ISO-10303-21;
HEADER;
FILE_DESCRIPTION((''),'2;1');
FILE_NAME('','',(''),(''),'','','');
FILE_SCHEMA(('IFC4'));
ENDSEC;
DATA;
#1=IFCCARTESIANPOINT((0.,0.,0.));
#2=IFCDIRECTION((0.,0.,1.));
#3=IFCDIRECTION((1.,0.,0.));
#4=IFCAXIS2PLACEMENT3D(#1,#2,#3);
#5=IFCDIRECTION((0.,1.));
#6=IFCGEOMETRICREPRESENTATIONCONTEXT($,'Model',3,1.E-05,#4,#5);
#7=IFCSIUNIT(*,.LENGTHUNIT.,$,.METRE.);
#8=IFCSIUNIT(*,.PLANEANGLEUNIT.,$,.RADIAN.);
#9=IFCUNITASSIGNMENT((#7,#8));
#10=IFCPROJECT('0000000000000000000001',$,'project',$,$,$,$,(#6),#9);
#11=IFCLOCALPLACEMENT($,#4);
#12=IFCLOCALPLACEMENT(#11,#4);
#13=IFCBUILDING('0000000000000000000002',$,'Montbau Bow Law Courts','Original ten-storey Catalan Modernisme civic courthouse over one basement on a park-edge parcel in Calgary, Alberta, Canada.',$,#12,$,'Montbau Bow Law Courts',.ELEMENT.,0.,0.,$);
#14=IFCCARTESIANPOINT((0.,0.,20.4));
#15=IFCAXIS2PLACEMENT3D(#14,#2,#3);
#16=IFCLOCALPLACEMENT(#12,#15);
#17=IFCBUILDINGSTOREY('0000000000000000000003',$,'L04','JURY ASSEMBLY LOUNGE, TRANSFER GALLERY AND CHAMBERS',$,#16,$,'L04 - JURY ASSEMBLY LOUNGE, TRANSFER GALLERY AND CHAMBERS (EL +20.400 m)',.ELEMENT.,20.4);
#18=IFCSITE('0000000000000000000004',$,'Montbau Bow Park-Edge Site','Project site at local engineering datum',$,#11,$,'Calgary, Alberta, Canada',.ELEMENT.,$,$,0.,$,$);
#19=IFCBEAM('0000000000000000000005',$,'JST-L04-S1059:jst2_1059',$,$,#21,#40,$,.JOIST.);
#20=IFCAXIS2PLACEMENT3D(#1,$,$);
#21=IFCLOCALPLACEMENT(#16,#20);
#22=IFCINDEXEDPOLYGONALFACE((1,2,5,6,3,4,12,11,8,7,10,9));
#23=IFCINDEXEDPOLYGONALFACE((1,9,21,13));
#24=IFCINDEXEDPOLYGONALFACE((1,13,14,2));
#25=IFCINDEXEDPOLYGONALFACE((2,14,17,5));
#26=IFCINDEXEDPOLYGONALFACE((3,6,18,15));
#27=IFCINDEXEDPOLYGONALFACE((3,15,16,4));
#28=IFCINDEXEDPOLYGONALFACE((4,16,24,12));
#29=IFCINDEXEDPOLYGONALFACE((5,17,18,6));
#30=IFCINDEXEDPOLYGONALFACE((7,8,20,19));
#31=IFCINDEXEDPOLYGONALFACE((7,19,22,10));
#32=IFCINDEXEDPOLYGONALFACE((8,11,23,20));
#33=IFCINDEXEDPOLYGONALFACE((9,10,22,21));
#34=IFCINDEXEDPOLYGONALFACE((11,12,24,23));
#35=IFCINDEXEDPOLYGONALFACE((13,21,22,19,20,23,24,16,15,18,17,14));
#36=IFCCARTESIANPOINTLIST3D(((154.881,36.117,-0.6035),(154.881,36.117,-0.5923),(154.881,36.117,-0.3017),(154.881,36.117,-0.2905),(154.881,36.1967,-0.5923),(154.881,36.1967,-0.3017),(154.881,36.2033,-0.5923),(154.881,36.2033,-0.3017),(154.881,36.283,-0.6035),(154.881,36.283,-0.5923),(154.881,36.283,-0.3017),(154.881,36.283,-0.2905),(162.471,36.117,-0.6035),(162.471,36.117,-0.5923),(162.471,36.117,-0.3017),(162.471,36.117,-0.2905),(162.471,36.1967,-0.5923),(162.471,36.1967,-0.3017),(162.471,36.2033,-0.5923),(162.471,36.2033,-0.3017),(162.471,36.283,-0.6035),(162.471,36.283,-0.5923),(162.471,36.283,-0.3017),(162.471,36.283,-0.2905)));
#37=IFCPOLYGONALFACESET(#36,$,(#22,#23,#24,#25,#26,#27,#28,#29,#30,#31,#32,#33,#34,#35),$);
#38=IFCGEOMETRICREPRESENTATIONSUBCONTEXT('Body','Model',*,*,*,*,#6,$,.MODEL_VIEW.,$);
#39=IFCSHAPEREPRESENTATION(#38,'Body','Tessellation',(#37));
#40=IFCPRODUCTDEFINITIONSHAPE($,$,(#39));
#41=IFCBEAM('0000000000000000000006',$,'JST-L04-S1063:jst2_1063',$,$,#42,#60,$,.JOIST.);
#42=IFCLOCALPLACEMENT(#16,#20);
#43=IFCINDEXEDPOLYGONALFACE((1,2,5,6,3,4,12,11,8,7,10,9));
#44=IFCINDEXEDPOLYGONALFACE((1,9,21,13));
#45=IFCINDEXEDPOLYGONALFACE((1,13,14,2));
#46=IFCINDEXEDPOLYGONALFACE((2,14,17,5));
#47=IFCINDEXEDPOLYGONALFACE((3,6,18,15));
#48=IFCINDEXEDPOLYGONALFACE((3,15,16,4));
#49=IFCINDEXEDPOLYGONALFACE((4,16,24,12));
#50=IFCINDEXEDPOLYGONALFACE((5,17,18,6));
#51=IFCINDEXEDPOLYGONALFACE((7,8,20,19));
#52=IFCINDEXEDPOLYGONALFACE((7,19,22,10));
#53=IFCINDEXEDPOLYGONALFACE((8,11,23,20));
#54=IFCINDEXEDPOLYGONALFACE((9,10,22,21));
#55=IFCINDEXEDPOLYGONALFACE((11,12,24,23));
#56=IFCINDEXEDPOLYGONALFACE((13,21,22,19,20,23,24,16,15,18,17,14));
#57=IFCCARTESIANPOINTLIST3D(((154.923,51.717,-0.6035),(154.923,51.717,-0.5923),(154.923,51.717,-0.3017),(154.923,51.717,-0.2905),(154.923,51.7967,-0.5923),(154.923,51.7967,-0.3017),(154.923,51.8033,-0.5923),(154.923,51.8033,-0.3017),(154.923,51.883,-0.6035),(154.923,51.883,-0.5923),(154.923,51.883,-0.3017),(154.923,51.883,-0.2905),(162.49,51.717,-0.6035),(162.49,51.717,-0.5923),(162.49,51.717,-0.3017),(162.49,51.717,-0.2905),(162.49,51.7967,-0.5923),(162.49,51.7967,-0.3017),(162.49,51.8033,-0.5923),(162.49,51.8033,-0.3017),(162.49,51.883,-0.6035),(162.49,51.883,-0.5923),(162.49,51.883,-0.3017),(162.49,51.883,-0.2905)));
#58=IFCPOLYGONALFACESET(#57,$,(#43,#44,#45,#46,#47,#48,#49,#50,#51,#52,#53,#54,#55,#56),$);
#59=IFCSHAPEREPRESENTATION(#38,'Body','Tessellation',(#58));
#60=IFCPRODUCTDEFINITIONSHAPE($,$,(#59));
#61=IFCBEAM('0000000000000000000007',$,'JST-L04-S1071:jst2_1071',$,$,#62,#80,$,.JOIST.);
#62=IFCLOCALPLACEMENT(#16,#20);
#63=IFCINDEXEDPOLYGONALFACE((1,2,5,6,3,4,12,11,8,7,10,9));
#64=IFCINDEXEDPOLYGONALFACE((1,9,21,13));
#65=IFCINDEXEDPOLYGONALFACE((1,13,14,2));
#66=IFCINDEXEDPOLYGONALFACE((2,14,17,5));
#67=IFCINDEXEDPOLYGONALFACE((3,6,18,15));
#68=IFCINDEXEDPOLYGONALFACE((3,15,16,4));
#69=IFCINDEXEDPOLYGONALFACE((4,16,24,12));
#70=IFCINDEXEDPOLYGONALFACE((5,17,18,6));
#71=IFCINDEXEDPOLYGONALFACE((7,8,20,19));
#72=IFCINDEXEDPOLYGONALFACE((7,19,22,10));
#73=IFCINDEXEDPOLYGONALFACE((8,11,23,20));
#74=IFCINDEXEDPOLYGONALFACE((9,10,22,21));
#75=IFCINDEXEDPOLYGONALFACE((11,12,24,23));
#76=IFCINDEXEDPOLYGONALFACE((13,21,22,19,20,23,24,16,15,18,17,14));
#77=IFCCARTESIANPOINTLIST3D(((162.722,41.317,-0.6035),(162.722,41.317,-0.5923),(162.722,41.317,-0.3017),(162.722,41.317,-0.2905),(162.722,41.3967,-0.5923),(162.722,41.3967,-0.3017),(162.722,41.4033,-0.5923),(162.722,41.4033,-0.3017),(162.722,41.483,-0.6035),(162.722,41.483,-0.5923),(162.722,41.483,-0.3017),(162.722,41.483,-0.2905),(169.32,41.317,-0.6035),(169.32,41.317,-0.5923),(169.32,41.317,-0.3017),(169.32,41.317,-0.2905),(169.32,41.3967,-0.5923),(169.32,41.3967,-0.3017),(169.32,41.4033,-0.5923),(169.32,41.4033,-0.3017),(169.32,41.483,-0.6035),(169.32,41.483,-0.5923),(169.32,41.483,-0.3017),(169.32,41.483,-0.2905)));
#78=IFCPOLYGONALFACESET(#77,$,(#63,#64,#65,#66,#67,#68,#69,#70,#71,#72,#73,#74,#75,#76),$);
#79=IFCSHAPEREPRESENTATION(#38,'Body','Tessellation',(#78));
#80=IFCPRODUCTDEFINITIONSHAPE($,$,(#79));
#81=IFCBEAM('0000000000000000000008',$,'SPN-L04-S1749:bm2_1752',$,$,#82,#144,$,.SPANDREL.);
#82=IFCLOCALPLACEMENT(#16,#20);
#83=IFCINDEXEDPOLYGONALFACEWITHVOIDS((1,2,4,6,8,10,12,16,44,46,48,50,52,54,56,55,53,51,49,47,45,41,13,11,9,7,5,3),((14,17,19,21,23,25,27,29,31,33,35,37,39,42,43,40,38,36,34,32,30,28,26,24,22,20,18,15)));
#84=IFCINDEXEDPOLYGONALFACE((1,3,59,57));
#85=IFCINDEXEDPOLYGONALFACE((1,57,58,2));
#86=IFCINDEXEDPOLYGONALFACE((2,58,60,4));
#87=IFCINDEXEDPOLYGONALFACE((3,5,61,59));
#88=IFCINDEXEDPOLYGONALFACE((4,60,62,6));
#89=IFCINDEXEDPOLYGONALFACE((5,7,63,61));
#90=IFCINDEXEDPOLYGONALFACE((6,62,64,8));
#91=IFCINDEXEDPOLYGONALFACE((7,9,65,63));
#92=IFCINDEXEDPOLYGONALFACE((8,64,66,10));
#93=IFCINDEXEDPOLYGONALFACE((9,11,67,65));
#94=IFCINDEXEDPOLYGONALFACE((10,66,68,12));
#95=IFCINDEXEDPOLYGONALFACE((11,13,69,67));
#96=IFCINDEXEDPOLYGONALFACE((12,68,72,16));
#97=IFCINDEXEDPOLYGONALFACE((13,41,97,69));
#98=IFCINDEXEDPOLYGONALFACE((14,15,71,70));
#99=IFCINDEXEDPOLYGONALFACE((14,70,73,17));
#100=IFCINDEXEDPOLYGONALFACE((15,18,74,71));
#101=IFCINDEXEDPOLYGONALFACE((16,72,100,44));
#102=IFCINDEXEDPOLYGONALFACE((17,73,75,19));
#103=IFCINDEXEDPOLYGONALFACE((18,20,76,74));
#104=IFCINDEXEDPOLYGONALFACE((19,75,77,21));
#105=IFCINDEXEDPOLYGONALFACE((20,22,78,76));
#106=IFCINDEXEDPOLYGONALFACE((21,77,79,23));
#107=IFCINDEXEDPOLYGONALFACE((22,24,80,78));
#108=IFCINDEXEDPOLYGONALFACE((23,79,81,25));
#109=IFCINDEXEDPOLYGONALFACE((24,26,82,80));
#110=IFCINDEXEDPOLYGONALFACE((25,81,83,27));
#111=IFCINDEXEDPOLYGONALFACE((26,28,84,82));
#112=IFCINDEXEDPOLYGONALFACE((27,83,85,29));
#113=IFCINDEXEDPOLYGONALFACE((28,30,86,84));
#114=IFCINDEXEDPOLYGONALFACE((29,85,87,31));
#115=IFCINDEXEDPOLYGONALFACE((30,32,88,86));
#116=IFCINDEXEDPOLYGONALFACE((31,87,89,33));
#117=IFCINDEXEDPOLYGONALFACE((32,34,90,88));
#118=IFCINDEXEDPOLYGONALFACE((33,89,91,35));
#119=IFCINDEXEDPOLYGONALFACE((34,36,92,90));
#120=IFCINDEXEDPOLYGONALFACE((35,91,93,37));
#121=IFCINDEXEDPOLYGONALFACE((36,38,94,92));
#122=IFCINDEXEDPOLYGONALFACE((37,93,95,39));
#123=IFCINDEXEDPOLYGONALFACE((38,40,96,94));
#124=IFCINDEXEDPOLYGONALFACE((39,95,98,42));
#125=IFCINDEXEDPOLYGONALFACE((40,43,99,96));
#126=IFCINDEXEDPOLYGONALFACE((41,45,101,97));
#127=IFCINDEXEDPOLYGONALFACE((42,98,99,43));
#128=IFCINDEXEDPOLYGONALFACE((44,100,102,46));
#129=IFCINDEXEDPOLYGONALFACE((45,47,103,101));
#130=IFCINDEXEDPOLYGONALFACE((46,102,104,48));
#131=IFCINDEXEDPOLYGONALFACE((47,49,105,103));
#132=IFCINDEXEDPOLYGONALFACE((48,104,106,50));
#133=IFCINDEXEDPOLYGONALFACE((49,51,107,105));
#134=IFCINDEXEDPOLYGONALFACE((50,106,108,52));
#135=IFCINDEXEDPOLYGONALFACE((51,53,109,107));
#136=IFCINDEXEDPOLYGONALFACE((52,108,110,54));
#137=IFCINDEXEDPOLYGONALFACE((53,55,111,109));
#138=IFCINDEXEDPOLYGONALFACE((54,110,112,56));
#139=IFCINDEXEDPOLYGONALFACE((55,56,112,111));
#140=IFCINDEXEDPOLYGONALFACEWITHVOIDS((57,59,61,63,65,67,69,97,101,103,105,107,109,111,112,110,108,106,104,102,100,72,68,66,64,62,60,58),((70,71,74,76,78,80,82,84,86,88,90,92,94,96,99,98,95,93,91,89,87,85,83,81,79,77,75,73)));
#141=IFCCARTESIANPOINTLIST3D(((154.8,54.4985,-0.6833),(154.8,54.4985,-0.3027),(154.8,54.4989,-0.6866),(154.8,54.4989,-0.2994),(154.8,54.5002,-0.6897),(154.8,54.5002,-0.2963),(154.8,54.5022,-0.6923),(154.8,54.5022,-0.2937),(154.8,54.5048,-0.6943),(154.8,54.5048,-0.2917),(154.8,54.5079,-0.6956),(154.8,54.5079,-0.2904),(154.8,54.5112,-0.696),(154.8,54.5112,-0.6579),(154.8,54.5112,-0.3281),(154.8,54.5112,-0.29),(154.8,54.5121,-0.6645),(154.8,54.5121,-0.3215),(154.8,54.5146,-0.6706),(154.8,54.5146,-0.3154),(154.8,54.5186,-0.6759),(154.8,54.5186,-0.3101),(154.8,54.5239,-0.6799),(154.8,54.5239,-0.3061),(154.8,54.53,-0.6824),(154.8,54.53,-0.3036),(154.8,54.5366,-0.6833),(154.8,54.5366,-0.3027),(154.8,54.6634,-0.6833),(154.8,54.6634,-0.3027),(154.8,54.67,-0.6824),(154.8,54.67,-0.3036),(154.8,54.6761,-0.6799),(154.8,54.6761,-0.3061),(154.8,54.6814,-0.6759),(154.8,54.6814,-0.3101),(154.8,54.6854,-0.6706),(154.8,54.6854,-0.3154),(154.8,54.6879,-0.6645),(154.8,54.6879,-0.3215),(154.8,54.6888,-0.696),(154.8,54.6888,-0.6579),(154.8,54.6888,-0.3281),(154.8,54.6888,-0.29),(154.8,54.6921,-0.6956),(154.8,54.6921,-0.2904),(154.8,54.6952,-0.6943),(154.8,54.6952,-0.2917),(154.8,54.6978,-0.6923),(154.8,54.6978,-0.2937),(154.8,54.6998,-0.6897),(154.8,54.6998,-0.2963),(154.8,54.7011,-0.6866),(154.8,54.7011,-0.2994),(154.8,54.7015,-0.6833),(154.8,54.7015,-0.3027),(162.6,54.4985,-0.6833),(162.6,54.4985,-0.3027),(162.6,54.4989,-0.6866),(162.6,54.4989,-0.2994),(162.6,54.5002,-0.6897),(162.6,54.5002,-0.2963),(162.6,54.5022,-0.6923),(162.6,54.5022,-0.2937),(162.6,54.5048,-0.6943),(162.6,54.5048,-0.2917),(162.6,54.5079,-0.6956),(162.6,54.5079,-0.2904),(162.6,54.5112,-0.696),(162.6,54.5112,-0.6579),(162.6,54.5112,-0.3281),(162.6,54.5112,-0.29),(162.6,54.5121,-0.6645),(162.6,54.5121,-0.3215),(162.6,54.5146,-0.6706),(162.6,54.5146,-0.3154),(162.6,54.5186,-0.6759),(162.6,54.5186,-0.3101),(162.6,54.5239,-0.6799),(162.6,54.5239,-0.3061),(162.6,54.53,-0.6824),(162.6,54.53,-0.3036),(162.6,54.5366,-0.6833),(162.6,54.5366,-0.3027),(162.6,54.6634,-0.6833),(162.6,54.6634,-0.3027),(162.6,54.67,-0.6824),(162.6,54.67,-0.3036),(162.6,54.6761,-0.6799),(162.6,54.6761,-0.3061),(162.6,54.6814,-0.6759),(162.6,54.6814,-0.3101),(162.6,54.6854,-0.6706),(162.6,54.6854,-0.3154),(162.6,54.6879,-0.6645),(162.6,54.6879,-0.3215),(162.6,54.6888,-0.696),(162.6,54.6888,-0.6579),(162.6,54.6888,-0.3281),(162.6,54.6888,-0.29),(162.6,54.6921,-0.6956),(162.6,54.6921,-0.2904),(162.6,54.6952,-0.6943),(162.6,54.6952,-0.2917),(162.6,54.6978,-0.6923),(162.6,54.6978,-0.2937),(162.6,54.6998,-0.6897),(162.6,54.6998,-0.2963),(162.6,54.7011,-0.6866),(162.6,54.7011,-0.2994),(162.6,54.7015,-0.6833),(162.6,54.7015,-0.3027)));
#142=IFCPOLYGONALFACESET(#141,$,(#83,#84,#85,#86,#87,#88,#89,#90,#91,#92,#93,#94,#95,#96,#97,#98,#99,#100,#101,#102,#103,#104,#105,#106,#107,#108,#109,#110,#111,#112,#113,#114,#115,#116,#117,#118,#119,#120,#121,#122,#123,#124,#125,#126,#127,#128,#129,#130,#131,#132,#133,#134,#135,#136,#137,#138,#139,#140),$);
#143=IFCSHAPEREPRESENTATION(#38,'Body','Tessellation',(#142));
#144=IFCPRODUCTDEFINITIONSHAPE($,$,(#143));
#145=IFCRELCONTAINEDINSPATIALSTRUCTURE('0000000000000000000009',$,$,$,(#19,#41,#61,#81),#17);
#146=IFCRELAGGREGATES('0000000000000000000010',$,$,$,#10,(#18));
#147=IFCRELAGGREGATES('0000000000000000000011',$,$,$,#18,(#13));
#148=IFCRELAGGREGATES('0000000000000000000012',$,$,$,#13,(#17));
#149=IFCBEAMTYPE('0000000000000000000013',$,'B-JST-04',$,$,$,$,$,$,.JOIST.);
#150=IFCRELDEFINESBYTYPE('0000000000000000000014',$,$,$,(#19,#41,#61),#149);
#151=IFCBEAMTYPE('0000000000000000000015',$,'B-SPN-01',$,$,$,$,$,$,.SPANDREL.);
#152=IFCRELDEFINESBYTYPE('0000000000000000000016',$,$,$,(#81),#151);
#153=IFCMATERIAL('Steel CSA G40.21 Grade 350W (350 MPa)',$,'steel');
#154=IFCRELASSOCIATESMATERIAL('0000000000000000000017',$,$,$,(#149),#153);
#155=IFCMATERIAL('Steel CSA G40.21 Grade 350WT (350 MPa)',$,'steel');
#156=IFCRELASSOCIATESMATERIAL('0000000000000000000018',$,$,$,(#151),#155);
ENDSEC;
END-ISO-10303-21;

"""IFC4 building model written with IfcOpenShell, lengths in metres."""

from ifc_helpers import new_model, si_unit, direction, frame, origin_with_axes, origin_2d_with_axis, place, context, subcontext, project, spatial, hollow_rectangle, i_section, extrude, material, material_profile, profile_set, type_object, element, save


model = new_model("IFC4")

# Units and contexts
model_context = context("Model", 3, precision=1e-05, world=origin_with_axes(), true_north=direction((0.0, 1.0)))
body_context = subcontext(model_context, "Body", "Model", "MODEL_VIEW")
ifc_project = project(units=[si_unit("LENGTHUNIT", "METRE"), si_unit("PLANEANGLEUNIT", "RADIAN")], contexts=[model_context])

# Site, building, storey
site_placement = place(None, origin_with_axes())
site = spatial("IfcSite", under=ifc_project, at=site_placement, Name="Montbau Bow Park-Edge Site", Description="Project site at local engineering datum", LongName="Calgary, Alberta, Canada", CompositionType="ELEMENT", RefElevation=0.0)
building_placement = place(site_placement, origin_with_axes())
building = spatial("IfcBuilding", under=site, at=building_placement, Name="Montbau Bow Law Courts", Description="Original ten-storey Catalan Modernisme civic courthouse over one basement on a park-edge parcel in Calgary, Alberta, Canada.", LongName="Montbau Bow Law Courts", CompositionType="ELEMENT", ElevationOfRefHeight=0.0, ElevationOfTerrain=0.0)
storey_placement = place(building_placement, frame((0.0, 0.0, 20.4), z_axis=(0.0, 0.0, 1.0), x_axis=(1.0, 0.0, 0.0)))
storey = spatial("IfcBuildingStorey", under=building, at=storey_placement, Name="L04", Description="JURY ASSEMBLY LOUNGE, TRANSFER GALLERY AND CHAMBERS", LongName="L04 - JURY ASSEMBLY LOUNGE, TRANSFER GALLERY AND CHAMBERS (EL +20.400 m)", CompositionType="ELEMENT", Elevation=20.4)

# Beams
ifc_material_1 = material(Name="Steel CSA G40.21 Grade 350W (350 MPa)", Category="steel")
ifc_material_profile_1 = material_profile(ifc_material_1, i_section(OverallWidth=0.166, OverallDepth=0.313, WebThickness=0.0066, FlangeThickness=0.0112, at=origin_2d_with_axis()), Name="W310X45", Category="Main", Priority=0)
ifc_profile_set_1 = profile_set([ifc_material_profile_1], Name="Steel CSA G40.21 Grade 350W (350 MPa)")
beam_type_1 = type_object("IfcBeamType", Name="B-JST-04", PredefinedType="JOIST", material=ifc_profile_set_1)
beam_1_placement = place(None, frame((154.881, 36.2, 19.953), z_axis=(1.0, 0.0, 0.0), x_axis=(0.0, 1.0, 0.0)))
element("IfcBeam", 1, at=beam_1_placement, inside=storey, type_object=beam_type_1, Name="JST-L04-S1059:jst2_1059", PredefinedType="JOIST", context=body_context, shape_type="SweptSolid", body=[
    extrude(i_section(OverallWidth=0.166, OverallDepth=0.313, WebThickness=0.0066, FlangeThickness=0.0112, at=origin_2d_with_axis()), origin_with_axes(), (0.0, 0.0, 1.0), 7.59),
])
beam_2_placement = place(None, frame((154.923, 51.8, 19.953), z_axis=(1.0, 0.0, 0.0), x_axis=(0.0, 1.0, 0.0)))
element("IfcBeam", 2, at=beam_2_placement, inside=storey, type_object=beam_type_1, Name="JST-L04-S1063:jst2_1063", PredefinedType="JOIST", context=body_context, shape_type="SweptSolid", body=[
    extrude(i_section(OverallWidth=0.166, OverallDepth=0.313, WebThickness=0.0066, FlangeThickness=0.0112, at=origin_2d_with_axis()), origin_with_axes(), (0.0, 0.0, 1.0), 7.567),
])
beam_3_placement = place(None, frame((162.722, 41.4, 19.953), z_axis=(1.0, 0.0, 0.0), x_axis=(0.0, 1.0, 0.0)))
element("IfcBeam", 3, at=beam_3_placement, inside=storey, type_object=beam_type_1, Name="JST-L04-S1071:jst2_1071", PredefinedType="JOIST", context=body_context, shape_type="SweptSolid", body=[
    extrude(i_section(OverallWidth=0.166, OverallDepth=0.313, WebThickness=0.0066, FlangeThickness=0.0112, at=origin_2d_with_axis()), origin_with_axes(), (0.0, 0.0, 1.0), 6.598),
])
ifc_material_2 = material(Name="Steel CSA G40.21 Grade 350WT (350 MPa)", Category="steel")
ifc_material_profile_2 = material_profile(ifc_material_2, hollow_rectangle(XDim=0.203, YDim=0.406, WallThickness=0.0127, InnerFilletRadius=0.0254, OuterFilletRadius=0.0127, at=origin_2d_with_axis()), Name="HSS406X203X13", Category="Main", Priority=0)
ifc_profile_set_2 = profile_set([ifc_material_profile_2], Name="Steel CSA G40.21 Grade 350WT (350 MPa)")
beam_type_2 = type_object("IfcBeamType", Name="B-SPN-01", PredefinedType="SPANDREL", material=ifc_profile_set_2)
beam_4_placement = place(None, frame((154.8, 54.6, 19.907), z_axis=(1.0, 0.0, 0.0), x_axis=(0.0, 1.0, 0.0)))
element("IfcBeam", 4, at=beam_4_placement, inside=storey, type_object=beam_type_2, Name="SPN-L04-S1749:bm2_1752", PredefinedType="SPANDREL", context=body_context, shape_type="SweptSolid", body=[
    extrude(hollow_rectangle(XDim=0.203, YDim=0.406, WallThickness=0.0127, InnerFilletRadius=0.0254, OuterFilletRadius=0.0127, at=origin_2d_with_axis()), origin_with_axes(), (0.0, 0.0, 1.0), 7.8),
])

save(model, "model.ifc")
